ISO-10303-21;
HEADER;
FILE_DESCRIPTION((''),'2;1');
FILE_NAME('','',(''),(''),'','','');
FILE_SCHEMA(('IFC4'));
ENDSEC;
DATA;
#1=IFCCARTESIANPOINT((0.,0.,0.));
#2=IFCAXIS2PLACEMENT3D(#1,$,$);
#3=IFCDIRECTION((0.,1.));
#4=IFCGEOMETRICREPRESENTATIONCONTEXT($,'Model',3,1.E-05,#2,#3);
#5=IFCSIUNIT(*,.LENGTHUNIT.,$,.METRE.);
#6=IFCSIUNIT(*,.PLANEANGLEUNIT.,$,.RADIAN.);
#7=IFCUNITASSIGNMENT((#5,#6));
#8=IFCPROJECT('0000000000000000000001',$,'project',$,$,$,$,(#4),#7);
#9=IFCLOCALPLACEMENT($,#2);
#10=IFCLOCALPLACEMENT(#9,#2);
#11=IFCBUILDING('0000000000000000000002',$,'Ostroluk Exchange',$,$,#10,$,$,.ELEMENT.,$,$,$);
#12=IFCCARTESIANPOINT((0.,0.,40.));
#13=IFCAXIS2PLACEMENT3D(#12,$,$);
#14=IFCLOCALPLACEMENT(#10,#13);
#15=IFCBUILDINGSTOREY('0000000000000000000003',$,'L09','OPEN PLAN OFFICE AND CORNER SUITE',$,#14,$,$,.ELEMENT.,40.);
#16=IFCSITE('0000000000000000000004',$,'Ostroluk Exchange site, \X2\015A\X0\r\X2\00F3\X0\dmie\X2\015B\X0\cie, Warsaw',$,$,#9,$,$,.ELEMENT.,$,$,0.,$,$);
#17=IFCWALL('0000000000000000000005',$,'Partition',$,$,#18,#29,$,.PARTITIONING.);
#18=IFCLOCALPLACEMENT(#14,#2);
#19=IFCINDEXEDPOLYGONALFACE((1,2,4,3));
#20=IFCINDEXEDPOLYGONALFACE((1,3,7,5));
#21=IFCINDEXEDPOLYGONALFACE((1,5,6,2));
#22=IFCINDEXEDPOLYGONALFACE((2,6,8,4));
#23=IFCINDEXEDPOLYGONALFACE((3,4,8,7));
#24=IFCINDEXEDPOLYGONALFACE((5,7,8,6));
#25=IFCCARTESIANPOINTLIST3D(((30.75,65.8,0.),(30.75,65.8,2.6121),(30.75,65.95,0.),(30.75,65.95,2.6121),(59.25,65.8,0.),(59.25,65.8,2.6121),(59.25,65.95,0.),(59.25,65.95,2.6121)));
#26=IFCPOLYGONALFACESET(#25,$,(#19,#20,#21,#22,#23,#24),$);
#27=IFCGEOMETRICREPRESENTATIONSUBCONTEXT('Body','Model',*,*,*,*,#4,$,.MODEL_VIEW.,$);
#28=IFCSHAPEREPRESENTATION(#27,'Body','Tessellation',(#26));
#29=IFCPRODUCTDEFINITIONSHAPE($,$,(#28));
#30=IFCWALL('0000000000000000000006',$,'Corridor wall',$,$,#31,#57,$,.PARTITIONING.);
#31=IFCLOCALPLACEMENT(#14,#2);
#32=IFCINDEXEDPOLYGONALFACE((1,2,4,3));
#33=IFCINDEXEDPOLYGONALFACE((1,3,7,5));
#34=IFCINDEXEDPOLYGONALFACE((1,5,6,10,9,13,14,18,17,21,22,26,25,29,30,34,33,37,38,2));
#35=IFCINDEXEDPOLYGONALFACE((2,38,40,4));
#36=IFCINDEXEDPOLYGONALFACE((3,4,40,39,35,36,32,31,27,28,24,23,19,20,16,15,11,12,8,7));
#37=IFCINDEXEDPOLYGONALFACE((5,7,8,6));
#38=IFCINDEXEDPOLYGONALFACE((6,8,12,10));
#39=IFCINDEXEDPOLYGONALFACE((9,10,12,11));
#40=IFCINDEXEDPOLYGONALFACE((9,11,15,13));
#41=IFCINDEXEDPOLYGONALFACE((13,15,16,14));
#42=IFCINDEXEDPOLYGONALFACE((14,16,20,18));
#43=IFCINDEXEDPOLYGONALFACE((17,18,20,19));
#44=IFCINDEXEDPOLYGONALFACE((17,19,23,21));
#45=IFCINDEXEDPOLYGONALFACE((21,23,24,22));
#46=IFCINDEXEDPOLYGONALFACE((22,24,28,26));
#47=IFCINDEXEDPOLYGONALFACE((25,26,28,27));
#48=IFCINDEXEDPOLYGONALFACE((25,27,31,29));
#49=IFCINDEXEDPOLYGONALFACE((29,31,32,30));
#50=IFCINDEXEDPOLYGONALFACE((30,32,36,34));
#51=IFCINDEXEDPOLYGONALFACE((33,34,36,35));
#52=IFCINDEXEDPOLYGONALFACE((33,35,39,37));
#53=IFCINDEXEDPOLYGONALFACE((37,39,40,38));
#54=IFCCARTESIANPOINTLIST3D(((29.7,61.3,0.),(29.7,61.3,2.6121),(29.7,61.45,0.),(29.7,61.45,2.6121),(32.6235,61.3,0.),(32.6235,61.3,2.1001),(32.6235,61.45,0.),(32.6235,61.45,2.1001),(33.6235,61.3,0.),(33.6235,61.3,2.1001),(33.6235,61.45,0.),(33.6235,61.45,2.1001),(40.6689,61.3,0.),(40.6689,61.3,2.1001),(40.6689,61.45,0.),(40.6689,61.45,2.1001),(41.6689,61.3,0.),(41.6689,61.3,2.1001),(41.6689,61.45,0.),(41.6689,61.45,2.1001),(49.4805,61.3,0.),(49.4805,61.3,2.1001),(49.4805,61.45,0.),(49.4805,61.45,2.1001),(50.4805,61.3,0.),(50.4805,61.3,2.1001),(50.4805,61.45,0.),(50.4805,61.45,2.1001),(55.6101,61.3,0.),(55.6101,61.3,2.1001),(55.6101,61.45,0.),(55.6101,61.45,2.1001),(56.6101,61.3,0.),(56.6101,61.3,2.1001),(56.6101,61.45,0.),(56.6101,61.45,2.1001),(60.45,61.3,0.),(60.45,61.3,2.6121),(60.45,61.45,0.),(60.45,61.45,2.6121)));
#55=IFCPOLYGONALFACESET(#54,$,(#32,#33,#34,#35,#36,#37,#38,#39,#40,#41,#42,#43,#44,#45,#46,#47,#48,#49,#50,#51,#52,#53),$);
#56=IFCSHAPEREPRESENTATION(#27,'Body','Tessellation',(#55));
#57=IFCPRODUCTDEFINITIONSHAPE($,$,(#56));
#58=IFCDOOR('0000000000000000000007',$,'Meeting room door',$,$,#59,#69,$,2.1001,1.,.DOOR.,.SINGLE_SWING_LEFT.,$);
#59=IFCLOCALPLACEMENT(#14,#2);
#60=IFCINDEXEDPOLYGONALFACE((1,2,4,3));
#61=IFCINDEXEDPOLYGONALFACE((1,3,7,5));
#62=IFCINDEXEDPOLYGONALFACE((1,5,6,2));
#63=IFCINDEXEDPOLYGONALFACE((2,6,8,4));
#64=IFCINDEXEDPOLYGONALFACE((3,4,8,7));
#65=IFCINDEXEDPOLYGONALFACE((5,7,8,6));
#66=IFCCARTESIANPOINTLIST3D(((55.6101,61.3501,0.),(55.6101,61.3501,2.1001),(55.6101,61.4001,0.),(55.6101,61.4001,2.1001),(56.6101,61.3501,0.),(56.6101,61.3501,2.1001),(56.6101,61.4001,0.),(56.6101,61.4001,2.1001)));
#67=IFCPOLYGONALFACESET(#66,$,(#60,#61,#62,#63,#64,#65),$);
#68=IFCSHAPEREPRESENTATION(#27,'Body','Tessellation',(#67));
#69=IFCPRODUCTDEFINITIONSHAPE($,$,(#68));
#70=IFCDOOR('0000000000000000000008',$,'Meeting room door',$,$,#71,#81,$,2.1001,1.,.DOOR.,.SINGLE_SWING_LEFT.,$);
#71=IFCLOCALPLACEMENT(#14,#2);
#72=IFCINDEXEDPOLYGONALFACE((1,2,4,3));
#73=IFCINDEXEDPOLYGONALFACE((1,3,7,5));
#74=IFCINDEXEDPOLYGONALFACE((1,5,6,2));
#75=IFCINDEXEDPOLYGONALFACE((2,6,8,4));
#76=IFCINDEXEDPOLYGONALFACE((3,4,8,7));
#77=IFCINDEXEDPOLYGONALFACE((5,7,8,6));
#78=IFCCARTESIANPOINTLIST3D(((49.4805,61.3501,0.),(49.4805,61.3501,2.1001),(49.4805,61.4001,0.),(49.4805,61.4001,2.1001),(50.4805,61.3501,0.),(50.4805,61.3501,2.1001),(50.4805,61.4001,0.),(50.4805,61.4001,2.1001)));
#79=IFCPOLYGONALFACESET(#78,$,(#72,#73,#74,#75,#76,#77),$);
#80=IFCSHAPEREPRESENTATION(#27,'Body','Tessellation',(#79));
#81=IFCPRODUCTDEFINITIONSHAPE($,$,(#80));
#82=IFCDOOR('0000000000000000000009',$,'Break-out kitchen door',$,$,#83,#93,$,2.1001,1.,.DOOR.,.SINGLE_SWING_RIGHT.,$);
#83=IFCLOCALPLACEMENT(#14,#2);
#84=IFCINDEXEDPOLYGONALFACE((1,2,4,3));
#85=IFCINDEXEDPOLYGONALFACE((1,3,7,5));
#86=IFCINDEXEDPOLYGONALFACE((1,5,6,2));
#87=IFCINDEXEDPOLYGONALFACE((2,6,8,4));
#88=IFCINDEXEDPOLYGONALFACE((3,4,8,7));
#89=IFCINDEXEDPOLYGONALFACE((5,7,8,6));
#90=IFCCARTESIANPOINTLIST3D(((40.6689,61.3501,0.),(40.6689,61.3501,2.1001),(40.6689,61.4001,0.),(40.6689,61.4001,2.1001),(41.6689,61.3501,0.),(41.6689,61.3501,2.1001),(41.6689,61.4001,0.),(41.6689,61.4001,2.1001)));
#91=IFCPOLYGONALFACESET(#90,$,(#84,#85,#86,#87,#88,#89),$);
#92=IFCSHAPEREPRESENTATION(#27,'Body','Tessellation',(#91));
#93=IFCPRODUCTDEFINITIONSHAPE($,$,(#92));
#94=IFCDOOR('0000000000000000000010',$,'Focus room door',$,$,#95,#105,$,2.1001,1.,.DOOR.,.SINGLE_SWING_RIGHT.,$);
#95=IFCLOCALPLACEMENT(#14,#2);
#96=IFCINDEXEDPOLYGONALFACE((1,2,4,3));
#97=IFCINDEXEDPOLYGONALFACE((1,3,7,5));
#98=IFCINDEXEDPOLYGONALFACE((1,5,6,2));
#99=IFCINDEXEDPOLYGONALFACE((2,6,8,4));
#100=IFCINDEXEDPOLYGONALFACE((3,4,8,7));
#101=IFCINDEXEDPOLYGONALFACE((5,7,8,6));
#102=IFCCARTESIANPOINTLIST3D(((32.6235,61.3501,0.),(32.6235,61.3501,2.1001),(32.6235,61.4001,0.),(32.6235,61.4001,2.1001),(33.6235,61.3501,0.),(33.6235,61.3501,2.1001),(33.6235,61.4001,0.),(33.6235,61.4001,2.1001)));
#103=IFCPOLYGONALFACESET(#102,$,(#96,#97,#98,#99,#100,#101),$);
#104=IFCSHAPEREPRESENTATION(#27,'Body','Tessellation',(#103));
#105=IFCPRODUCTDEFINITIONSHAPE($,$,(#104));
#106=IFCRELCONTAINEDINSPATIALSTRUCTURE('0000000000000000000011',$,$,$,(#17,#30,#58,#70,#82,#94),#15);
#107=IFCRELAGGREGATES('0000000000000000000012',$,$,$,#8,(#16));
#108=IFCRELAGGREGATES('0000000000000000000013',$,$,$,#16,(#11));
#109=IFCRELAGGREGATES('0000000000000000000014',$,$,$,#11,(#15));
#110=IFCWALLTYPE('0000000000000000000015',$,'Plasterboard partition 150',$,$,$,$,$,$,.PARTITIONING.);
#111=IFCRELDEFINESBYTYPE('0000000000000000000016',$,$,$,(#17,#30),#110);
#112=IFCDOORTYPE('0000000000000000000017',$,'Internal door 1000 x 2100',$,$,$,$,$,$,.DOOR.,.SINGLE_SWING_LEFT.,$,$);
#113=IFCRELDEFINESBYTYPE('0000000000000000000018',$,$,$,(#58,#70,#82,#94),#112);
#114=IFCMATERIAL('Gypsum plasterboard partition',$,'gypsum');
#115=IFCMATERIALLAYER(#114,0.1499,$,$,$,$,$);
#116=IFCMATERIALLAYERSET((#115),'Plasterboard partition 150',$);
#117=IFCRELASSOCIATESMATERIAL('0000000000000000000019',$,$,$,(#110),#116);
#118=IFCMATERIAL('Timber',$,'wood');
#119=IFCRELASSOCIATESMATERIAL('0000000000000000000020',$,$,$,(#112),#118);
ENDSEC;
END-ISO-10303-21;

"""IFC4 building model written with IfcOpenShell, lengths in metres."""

from ifc_helpers import new_model, si_unit, direction, frame, frame_2d, origin, place, context, subcontext, project, spatial, rectangle, extrude, material, layer, layer_set, type_object, element, fill, save


model = new_model("IFC4")

# Units and contexts
model_context = context("Model", 3, precision=1e-05, world=origin(), true_north=direction((0.0, 1.0)))
body_context = subcontext(model_context, "Body", "Model", "MODEL_VIEW")
ifc_project = project(units=[si_unit("LENGTHUNIT", "METRE"), si_unit("PLANEANGLEUNIT", "RADIAN")], contexts=[model_context])

# Site, building, storey
site_placement = place(None, origin())
site = spatial("IfcSite", under=ifc_project, at=site_placement, Name="Ostroluk Exchange site, Śródmieście, Warsaw", CompositionType="ELEMENT", RefElevation=0.0)
building_placement = place(site_placement, origin())
building = spatial("IfcBuilding", under=site, at=building_placement, Name="Ostroluk Exchange", CompositionType="ELEMENT")
storey_placement = place(building_placement, frame((0.0, 0.0, 40.0)))
storey = spatial("IfcBuildingStorey", under=building, at=storey_placement, Name="L09", Description="OPEN PLAN OFFICE AND CORNER SUITE", CompositionType="ELEMENT", Elevation=40.0)

# Wall
ifc_material_1 = material(Name="Gypsum plasterboard partition", Category="gypsum")
ifc_layer_1 = layer(ifc_material_1, 0.1499)
ifc_layer_set_1 = layer_set([ifc_layer_1], Name="Plasterboard partition 150")
wall_type = type_object("IfcWallType", Name="Plasterboard partition 150", PredefinedType="PARTITIONING", material=ifc_layer_set_1)
wall_1_placement = place(storey_placement, frame((59.25, 65.875, 0.0), z_axis=(0.0, 0.0, 1.0), x_axis=(-1.0, 0.0, 0.0)))
element("IfcWall", 1, at=wall_1_placement, inside=storey, type_object=wall_type, Name="Partition", PredefinedType="PARTITIONING", context=body_context, shape_type="SweptSolid", body=[
    extrude(rectangle(XDim=28.5, YDim=0.1499, at=frame_2d((14.25, 0.0))), origin(), (0.0, 0.0, 1.0), 2.6121),
])

# Wall, openings, doors
wall_2_placement = place(storey_placement, frame((60.45, 61.375, 0.0), z_axis=(0.0, 0.0, 1.0), x_axis=(-1.0, 0.0, 0.0)))
wall_2 = element("IfcWall", 2, at=wall_2_placement, inside=storey, type_object=wall_type, Name="Corridor wall", PredefinedType="PARTITIONING", context=body_context, shape_type="SweptSolid", body=[
    extrude(rectangle(XDim=30.75, YDim=0.1499, at=frame_2d((15.375, 0.0))), origin(), (0.0, 0.0, 1.0), 2.6121),
])
opening_1_placement = place(wall_2_placement, frame((3.8398, 0.0, 0.0)))
opening_1 = element("IfcOpeningElement", 3, at=opening_1_placement, cuts=wall_2, PredefinedType="OPENING", context=body_context, shape_type="SweptSolid", body=[
    extrude(rectangle(XDim=1.0, YDim=2.1001, at=frame_2d((0.5, 1.05))), frame((0.0, 0.085, 0.0), z_axis=(0.0, -1.0, 0.0), x_axis=(1.0, 0.0, 0.0)), (0.0, 0.0, 1.0), 0.1699),
])
opening_2_placement = place(wall_2_placement, frame((9.9695, 0.0, 0.0)))
opening_2 = element("IfcOpeningElement", 4, at=opening_2_placement, cuts=wall_2, PredefinedType="OPENING", context=body_context, shape_type="SweptSolid", body=[
    extrude(rectangle(XDim=1.0, YDim=2.1001, at=frame_2d((0.5, 1.05))), frame((0.0, 0.085, 0.0), z_axis=(0.0, -1.0, 0.0), x_axis=(1.0, 0.0, 0.0)), (0.0, 0.0, 1.0), 0.1699),
])
opening_3_placement = place(wall_2_placement, frame((18.781, 0.0, 0.0)))
opening_3 = element("IfcOpeningElement", 5, at=opening_3_placement, cuts=wall_2, PredefinedType="OPENING", context=body_context, shape_type="SweptSolid", body=[
    extrude(rectangle(XDim=1.0, YDim=2.1001, at=frame_2d((0.5, 1.05))), frame((0.0, 0.085, 0.0), z_axis=(0.0, -1.0, 0.0), x_axis=(1.0, 0.0, 0.0)), (0.0, 0.0, 1.0), 0.1699),
])
opening_4_placement = place(wall_2_placement, frame((26.8264, 0.0, 0.0)))
opening_4 = element("IfcOpeningElement", 6, at=opening_4_placement, cuts=wall_2, PredefinedType="OPENING", context=body_context, shape_type="SweptSolid", body=[
    extrude(rectangle(XDim=1.0, YDim=2.1001, at=frame_2d((0.5, 1.05))), frame((0.0, 0.085, 0.0), z_axis=(0.0, -1.0, 0.0), x_axis=(1.0, 0.0, 0.0)), (0.0, 0.0, 1.0), 0.1699),
])
ifc_material_2 = material(Name="Timber", Category="wood")
door_type = type_object("IfcDoorType", Name="Internal door 1000 x 2100", OperationType="SINGLE_SWING_LEFT", PredefinedType="DOOR", material=ifc_material_2)
door_1_placement = place(opening_1_placement, origin())
door_1 = element("IfcDoor", 7, at=door_1_placement, inside=storey, type_object=door_type, Name="Meeting room door", OperationType="SINGLE_SWING_LEFT", OverallHeight=2.1001, OverallWidth=1.0, PredefinedType="DOOR", context=body_context, shape_type="SweptSolid", body=[
    extrude(rectangle(XDim=1.0, YDim=2.1001, at=frame_2d((0.5, 1.05))), frame((0.0, 0.0249, 0.0), z_axis=(0.0, -1.0, 0.0), x_axis=(1.0, 0.0, 0.0)), (0.0, 0.0, 1.0), 0.05),
])
fill(opening_1, door_1)
door_2_placement = place(opening_2_placement, origin())
door_2 = element("IfcDoor", 8, at=door_2_placement, inside=storey, type_object=door_type, Name="Meeting room door", OperationType="SINGLE_SWING_LEFT", OverallHeight=2.1001, OverallWidth=1.0, PredefinedType="DOOR", context=body_context, shape_type="SweptSolid", body=[
    extrude(rectangle(XDim=1.0, YDim=2.1001, at=frame_2d((0.5, 1.05))), frame((0.0, 0.0249, 0.0), z_axis=(0.0, -1.0, 0.0), x_axis=(1.0, 0.0, 0.0)), (0.0, 0.0, 1.0), 0.05),
])
fill(opening_2, door_2)
door_3_placement = place(opening_3_placement, origin())
door_3 = element("IfcDoor", 9, at=door_3_placement, inside=storey, type_object=door_type, Name="Break-out kitchen door", OperationType="SINGLE_SWING_RIGHT", OverallHeight=2.1001, OverallWidth=1.0, PredefinedType="DOOR", context=body_context, shape_type="SweptSolid", body=[
    extrude(rectangle(XDim=1.0, YDim=2.1001, at=frame_2d((0.5, 1.05))), frame((0.0, 0.0249, 0.0), z_axis=(0.0, -1.0, 0.0), x_axis=(1.0, 0.0, 0.0)), (0.0, 0.0, 1.0), 0.05),
])
fill(opening_3, door_3)
door_4_placement = place(opening_4_placement, origin())
door_4 = element("IfcDoor", 10, at=door_4_placement, inside=storey, type_object=door_type, Name="Focus room door", OperationType="SINGLE_SWING_RIGHT", OverallHeight=2.1001, OverallWidth=1.0, PredefinedType="DOOR", context=body_context, shape_type="SweptSolid", body=[
    extrude(rectangle(XDim=1.0, YDim=2.1001, at=frame_2d((0.5, 1.05))), frame((0.0, 0.0249, 0.0), z_axis=(0.0, -1.0, 0.0), x_axis=(1.0, 0.0, 0.0)), (0.0, 0.0, 1.0), 0.05),
])
fill(opening_4, door_4)

save(model, "model.ifc")
